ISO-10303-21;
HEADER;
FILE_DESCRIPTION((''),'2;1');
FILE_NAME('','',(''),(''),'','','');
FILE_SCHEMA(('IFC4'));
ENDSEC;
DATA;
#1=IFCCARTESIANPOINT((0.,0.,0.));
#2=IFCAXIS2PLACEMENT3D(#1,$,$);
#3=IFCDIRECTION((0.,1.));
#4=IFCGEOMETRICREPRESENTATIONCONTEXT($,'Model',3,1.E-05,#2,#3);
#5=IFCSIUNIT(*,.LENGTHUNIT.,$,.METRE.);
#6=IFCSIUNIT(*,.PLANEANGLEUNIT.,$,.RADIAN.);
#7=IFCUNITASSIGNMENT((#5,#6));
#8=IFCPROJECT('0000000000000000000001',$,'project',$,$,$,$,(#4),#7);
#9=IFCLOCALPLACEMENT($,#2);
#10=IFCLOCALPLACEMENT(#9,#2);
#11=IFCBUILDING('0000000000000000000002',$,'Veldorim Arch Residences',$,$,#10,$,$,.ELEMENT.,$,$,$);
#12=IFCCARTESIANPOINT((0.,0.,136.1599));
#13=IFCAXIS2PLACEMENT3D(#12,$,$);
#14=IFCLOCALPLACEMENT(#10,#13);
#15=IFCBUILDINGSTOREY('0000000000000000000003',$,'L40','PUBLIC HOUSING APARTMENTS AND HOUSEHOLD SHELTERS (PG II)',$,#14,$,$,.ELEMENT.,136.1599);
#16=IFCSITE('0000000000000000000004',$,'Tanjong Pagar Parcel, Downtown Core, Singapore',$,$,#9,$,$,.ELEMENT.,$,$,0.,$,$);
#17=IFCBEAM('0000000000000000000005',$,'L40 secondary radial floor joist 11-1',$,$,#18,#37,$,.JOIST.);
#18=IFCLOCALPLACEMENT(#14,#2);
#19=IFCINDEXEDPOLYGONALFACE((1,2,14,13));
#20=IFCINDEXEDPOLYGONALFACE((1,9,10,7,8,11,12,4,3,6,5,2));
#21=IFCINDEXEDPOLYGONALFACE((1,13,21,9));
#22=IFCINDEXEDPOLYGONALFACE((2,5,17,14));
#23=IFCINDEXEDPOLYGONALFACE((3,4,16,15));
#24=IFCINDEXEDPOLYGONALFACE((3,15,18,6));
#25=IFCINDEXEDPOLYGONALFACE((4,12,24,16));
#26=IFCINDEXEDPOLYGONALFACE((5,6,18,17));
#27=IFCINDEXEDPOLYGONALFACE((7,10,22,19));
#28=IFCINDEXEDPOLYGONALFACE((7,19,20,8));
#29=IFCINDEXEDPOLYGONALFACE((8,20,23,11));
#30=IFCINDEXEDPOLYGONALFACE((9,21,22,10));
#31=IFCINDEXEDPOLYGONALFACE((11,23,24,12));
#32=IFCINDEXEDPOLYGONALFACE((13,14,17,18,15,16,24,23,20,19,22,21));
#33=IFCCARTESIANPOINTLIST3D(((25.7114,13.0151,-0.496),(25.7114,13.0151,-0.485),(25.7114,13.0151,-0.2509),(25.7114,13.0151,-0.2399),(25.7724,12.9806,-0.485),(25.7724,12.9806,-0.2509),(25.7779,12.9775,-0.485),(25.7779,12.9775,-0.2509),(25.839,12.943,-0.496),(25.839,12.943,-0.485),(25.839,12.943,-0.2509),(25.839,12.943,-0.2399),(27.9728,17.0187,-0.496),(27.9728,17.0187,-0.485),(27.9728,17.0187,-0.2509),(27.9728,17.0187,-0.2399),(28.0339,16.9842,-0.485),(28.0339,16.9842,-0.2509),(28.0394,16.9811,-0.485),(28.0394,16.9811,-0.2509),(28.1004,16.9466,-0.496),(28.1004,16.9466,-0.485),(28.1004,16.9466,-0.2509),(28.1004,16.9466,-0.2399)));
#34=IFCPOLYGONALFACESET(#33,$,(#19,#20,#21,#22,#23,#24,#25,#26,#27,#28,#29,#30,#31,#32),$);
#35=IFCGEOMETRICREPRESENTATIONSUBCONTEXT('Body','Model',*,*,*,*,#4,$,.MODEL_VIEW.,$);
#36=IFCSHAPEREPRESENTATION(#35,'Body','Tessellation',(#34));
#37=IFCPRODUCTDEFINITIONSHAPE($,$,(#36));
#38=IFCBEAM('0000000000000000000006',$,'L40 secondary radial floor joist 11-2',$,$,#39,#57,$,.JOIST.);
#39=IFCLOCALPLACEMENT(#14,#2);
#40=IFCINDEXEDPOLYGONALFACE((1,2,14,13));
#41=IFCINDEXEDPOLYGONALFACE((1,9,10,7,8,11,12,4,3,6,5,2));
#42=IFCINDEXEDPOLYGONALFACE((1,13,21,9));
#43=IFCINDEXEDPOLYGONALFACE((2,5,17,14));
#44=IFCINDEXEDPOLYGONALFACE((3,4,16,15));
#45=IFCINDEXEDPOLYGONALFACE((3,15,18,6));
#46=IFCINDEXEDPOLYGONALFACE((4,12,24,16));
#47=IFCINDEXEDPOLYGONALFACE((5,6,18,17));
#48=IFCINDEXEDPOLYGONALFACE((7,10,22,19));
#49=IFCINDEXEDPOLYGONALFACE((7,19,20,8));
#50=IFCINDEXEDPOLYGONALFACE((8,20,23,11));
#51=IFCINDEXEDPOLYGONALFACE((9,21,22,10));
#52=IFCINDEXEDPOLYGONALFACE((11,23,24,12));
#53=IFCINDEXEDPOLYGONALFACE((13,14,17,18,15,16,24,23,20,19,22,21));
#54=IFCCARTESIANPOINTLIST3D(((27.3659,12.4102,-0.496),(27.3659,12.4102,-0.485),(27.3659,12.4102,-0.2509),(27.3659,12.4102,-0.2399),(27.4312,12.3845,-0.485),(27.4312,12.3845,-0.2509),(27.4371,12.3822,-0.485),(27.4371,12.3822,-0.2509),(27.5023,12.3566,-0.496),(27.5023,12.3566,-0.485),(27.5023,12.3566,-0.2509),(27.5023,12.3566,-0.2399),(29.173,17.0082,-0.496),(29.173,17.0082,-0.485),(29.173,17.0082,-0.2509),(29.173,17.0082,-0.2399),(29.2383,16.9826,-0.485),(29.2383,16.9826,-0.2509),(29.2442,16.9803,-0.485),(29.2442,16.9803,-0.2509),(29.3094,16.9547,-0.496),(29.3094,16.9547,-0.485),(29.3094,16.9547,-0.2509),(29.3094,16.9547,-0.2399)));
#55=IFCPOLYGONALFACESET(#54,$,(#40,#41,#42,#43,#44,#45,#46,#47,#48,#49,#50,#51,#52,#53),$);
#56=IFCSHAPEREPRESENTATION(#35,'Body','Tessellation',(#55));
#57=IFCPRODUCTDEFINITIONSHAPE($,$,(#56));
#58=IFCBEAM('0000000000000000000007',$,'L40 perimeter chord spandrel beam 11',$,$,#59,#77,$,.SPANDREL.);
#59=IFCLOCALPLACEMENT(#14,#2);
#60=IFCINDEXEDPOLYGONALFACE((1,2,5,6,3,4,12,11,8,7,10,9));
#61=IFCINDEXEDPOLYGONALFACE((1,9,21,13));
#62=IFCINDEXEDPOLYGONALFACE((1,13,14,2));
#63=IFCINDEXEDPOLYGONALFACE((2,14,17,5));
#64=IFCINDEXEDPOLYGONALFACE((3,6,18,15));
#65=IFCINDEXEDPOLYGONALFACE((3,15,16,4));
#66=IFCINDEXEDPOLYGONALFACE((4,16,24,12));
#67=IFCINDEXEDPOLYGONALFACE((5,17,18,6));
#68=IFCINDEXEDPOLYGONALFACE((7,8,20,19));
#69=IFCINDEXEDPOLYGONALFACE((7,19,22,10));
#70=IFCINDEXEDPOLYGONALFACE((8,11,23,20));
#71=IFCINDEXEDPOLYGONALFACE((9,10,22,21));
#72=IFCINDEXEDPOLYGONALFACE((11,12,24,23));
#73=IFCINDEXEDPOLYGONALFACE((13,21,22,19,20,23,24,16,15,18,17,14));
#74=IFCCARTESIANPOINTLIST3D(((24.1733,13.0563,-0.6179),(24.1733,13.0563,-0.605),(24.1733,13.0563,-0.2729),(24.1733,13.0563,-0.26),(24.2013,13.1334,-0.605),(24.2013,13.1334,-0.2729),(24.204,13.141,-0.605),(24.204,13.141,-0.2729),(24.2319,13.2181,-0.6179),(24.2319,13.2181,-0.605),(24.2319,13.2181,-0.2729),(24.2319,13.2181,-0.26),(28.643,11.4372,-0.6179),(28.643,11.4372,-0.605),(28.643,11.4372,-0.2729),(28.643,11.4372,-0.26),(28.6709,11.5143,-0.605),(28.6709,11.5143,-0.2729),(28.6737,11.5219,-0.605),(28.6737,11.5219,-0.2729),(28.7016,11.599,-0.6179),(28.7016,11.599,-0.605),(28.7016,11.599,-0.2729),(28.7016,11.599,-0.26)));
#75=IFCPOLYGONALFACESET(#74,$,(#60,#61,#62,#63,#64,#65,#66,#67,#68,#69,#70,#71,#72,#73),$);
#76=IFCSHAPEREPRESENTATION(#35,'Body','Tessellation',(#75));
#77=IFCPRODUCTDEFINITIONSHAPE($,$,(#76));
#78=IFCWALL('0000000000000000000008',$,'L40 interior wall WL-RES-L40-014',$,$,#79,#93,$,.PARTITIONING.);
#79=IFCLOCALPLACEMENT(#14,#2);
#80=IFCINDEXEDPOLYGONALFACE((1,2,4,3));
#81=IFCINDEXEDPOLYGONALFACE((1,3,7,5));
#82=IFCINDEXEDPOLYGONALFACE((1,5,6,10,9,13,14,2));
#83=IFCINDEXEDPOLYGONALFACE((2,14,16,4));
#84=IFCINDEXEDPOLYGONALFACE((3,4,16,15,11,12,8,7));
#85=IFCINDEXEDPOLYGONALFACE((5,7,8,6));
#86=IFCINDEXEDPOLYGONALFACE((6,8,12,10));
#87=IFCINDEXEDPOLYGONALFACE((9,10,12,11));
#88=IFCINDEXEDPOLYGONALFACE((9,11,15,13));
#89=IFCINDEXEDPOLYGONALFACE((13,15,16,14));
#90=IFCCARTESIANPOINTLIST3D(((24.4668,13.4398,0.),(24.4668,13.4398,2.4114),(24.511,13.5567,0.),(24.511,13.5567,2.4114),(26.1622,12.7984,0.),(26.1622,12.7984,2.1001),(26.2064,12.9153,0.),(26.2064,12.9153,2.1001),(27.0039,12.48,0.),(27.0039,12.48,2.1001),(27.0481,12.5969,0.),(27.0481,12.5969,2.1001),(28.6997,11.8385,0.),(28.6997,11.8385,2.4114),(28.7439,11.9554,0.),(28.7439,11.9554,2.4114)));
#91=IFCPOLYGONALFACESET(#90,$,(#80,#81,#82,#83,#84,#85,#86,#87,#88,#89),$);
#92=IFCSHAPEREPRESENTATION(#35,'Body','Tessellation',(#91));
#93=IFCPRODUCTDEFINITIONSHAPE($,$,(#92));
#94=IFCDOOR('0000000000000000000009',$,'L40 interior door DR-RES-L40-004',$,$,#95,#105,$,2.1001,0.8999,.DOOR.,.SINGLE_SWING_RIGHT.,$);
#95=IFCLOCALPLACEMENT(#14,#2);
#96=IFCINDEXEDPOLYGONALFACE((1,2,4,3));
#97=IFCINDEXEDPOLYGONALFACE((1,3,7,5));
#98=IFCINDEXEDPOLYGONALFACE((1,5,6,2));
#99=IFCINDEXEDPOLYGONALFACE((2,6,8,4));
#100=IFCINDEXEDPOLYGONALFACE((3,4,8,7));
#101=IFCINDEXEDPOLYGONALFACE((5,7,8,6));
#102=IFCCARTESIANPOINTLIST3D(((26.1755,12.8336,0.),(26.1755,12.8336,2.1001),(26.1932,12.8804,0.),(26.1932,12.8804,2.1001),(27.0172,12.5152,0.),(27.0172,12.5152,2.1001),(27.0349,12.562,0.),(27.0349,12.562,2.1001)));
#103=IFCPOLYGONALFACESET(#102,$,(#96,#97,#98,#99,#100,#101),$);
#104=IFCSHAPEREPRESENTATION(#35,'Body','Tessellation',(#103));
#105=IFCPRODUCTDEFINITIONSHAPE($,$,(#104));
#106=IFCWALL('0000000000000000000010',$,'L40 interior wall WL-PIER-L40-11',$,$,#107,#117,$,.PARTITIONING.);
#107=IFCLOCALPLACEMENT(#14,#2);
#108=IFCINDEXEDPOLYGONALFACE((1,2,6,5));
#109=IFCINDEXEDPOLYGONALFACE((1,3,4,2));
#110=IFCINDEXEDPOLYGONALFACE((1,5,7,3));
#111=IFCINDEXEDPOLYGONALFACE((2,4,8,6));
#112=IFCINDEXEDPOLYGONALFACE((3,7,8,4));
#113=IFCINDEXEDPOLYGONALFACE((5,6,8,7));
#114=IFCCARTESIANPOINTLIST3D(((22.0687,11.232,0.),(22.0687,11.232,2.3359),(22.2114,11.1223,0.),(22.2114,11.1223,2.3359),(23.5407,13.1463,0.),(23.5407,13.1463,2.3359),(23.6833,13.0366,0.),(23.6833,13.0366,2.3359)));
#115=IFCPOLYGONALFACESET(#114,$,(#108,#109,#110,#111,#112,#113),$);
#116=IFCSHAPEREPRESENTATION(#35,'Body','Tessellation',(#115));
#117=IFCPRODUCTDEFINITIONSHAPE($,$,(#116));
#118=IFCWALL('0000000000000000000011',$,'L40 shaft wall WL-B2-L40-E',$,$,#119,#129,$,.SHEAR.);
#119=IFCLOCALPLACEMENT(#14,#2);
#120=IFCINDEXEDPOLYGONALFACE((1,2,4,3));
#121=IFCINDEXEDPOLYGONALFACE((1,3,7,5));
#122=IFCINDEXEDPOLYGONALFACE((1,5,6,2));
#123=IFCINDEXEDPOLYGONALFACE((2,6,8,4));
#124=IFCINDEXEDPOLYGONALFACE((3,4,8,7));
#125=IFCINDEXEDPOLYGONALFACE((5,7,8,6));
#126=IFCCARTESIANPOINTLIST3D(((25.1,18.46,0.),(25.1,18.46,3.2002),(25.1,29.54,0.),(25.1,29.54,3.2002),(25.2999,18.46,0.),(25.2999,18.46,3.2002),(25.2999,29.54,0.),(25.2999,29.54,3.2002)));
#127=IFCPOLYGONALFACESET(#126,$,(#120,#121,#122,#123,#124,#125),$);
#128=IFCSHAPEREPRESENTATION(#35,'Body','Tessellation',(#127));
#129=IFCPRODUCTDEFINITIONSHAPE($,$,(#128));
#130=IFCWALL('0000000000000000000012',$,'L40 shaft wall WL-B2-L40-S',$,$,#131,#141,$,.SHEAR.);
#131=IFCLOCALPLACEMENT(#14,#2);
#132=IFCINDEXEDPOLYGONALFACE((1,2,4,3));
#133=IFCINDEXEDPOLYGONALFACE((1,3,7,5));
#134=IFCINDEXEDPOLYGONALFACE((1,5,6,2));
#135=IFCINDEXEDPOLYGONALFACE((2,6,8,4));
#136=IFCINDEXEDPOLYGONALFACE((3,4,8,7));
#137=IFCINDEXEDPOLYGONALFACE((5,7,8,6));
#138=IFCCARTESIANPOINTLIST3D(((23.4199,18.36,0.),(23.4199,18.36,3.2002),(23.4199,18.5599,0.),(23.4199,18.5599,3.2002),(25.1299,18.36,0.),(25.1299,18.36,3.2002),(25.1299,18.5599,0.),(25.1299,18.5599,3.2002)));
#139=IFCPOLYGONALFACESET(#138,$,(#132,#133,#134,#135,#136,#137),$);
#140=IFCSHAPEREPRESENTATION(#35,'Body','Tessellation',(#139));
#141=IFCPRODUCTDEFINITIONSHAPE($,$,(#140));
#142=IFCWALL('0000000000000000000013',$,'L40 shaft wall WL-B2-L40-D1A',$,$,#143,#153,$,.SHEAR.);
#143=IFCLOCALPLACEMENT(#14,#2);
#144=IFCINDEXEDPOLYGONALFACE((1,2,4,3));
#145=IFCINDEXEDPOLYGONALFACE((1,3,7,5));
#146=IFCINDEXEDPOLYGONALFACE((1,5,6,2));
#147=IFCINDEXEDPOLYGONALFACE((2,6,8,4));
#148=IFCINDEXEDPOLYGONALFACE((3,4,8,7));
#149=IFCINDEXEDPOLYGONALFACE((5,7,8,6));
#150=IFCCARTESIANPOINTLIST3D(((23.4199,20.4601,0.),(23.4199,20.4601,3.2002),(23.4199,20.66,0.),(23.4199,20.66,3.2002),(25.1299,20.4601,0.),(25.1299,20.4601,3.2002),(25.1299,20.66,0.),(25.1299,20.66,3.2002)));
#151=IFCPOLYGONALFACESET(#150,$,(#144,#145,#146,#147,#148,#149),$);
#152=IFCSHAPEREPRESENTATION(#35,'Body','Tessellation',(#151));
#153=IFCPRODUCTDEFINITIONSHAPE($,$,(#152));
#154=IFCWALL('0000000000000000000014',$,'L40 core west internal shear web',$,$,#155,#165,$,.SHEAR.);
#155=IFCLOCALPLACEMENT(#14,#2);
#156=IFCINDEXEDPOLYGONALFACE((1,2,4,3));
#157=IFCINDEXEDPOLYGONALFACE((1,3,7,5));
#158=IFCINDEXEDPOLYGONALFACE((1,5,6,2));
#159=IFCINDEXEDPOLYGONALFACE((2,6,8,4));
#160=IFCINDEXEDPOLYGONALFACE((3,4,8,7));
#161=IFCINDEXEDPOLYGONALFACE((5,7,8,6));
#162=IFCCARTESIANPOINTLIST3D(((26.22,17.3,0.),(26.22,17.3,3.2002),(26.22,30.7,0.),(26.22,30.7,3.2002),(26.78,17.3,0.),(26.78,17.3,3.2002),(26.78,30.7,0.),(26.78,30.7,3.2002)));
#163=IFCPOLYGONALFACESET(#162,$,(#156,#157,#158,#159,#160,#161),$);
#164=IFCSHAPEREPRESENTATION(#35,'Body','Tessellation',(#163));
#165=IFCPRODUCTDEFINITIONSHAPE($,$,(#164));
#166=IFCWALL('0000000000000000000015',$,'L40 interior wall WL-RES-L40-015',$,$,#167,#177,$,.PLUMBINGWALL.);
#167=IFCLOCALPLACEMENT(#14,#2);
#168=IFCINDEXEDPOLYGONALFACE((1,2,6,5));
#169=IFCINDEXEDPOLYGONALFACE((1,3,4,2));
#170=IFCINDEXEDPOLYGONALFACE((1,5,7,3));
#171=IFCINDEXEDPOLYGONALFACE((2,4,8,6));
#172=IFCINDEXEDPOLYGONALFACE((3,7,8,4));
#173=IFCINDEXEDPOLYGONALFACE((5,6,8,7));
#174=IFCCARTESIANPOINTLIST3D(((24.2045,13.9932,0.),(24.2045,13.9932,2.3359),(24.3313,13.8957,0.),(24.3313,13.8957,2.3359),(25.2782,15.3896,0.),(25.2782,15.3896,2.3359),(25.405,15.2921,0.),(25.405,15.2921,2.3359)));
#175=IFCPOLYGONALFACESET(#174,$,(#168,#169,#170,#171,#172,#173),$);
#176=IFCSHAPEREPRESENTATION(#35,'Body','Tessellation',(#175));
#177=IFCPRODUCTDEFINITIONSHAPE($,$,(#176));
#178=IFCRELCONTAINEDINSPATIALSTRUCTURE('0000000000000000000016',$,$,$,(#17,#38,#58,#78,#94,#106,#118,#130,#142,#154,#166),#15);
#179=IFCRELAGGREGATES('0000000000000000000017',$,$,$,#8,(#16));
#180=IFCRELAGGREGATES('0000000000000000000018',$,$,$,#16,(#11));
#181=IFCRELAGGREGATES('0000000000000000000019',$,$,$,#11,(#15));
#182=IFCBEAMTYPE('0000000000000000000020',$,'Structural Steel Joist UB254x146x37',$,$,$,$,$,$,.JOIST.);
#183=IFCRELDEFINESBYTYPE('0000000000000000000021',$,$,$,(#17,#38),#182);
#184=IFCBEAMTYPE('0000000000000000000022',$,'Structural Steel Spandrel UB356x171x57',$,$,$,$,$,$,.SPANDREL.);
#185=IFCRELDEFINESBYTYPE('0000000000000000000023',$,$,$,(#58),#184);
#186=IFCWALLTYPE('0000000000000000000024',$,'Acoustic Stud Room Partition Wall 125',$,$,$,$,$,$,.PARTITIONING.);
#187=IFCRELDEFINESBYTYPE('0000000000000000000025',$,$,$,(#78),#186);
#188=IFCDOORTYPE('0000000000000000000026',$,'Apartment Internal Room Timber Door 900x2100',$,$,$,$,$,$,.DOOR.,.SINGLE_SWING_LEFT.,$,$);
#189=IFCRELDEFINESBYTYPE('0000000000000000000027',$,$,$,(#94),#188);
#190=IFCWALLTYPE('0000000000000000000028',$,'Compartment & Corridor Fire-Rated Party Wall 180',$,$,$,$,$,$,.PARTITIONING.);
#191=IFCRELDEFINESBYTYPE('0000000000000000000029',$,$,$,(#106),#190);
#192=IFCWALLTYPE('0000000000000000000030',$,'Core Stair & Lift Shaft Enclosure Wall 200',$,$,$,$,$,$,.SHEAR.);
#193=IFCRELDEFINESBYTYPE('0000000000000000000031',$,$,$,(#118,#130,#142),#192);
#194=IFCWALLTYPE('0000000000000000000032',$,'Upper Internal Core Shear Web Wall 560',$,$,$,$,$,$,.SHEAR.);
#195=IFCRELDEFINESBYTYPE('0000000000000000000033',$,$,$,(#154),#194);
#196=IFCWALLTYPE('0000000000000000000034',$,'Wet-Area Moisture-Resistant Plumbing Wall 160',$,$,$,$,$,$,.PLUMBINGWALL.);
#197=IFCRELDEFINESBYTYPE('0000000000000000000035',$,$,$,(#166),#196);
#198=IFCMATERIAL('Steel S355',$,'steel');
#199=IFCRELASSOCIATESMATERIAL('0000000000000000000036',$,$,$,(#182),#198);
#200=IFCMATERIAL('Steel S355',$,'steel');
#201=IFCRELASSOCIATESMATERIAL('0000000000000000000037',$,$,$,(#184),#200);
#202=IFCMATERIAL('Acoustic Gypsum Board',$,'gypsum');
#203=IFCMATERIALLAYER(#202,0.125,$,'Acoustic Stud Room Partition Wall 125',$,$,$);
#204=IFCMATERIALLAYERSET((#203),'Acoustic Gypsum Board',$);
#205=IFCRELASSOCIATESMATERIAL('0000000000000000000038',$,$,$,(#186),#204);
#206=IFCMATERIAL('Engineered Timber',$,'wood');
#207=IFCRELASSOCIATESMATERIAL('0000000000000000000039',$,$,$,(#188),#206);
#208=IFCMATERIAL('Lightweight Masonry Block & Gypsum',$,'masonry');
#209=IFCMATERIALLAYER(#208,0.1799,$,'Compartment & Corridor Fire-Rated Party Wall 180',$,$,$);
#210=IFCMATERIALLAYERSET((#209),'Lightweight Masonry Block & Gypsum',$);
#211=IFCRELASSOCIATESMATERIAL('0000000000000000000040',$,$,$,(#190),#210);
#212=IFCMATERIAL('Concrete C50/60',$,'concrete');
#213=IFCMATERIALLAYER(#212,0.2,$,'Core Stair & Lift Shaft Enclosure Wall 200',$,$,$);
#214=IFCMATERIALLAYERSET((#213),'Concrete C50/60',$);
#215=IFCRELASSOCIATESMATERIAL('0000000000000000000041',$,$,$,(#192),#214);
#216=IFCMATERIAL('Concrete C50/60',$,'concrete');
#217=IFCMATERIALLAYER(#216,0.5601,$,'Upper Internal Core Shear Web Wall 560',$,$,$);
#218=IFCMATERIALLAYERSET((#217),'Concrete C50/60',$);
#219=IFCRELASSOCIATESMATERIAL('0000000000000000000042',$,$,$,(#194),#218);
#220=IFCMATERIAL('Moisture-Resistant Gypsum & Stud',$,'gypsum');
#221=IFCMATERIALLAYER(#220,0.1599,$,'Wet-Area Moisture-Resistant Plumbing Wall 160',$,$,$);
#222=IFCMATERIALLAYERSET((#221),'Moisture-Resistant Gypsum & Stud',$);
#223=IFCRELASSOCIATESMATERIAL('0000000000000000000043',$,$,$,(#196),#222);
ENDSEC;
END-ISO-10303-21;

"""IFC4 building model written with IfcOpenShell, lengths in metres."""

from ifc_helpers import new_model, si_unit, direction, frame, frame_2d, origin, origin_2d, place, context, subcontext, project, spatial, rectangle, i_section, extrude, material, layer, layer_set, material_profile, profile_set, type_object, element, fill, save


model = new_model("IFC4")

# Units and contexts
model_context = context("Model", 3, precision=1e-05, world=origin(), true_north=direction((0.0, 1.0)))
body_context = subcontext(model_context, "Body", "Model", "MODEL_VIEW")
ifc_project = project(units=[si_unit("LENGTHUNIT", "METRE"), si_unit("PLANEANGLEUNIT", "RADIAN")], contexts=[model_context])

# Site, building, storey
site_placement = place(None, origin())
site = spatial("IfcSite", under=ifc_project, at=site_placement, Name="Tanjong Pagar Parcel, Downtown Core, Singapore", CompositionType="ELEMENT", RefElevation=0.0)
building_placement = place(site_placement, origin())
building = spatial("IfcBuilding", under=site, at=building_placement, Name="Veldorim Arch Residences", CompositionType="ELEMENT")
storey_placement = place(building_placement, frame((0.0, 0.0, 136.1599)))
storey = spatial("IfcBuildingStorey", under=building, at=storey_placement, Name="L40", Description="PUBLIC HOUSING APARTMENTS AND HOUSEHOLD SHELTERS (PG II)", CompositionType="ELEMENT", Elevation=136.1599)

# Beams
ifc_material_1 = material(Name="Steel S355", Category="steel")
ifc_material_profile_1 = material_profile(ifc_material_1, i_section(OverallWidth=0.1465, OverallDepth=0.2561, WebThickness=0.0063, FlangeThickness=0.011, at=origin_2d()), Name="UB254x146x37")
ifc_profile_set_1 = profile_set([ifc_material_profile_1], Name="Steel S355")
beam_type_1 = type_object("IfcBeamType", Name="Structural Steel Joist UB254x146x37", PredefinedType="JOIST", material=ifc_profile_set_1)
beam_1_placement = place(storey_placement, frame((28.0366, 16.9827, -0.3679), z_axis=(-0.491816, -0.870699, 0.0), x_axis=(0.870699, -0.491816, 0.0)))
element("IfcBeam", 1, at=beam_1_placement, inside=storey, type_object=beam_type_1, Name="L40 secondary radial floor joist 11-1", PredefinedType="JOIST", context=body_context, shape_type="SweptSolid", body=[
    extrude(i_section(OverallWidth=0.1465, OverallDepth=0.2561, WebThickness=0.0063, FlangeThickness=0.011, at=origin_2d()), origin(), (0.0, 0.0, 1.0), 4.5981),
])
beam_2_placement = place(storey_placement, frame((29.2412, 16.9814, -0.3679), z_axis=(-0.365778, -0.930702, 0.0), x_axis=(0.930702, -0.365778, 0.0)))
element("IfcBeam", 2, at=beam_2_placement, inside=storey, type_object=beam_type_1, Name="L40 secondary radial floor joist 11-2", PredefinedType="JOIST", context=body_context, shape_type="SweptSolid", body=[
    extrude(i_section(OverallWidth=0.1465, OverallDepth=0.2561, WebThickness=0.0063, FlangeThickness=0.011, at=origin_2d()), origin(), (0.0, 0.0, 1.0), 4.9404),
])
ifc_material_2 = material(Name="Steel S355", Category="steel")
ifc_material_profile_2 = material_profile(ifc_material_2, i_section(OverallWidth=0.1721, OverallDepth=0.3579, WebThickness=0.0081, FlangeThickness=0.0129, at=origin_2d()), Name="UB356x171x57")
ifc_profile_set_2 = profile_set([ifc_material_profile_2], Name="Steel S355")
beam_type_2 = type_object("IfcBeamType", Name="Structural Steel Spandrel UB356x171x57", PredefinedType="SPANDREL", material=ifc_profile_set_2)
beam_3_placement = place(storey_placement, frame((24.2026, 13.1372, -0.439), z_axis=(0.940213, -0.340588, 0.0), x_axis=(0.340588, 0.940213, 0.0)))
element("IfcBeam", 3, at=beam_3_placement, inside=storey, type_object=beam_type_2, Name="L40 perimeter chord spandrel beam 11", PredefinedType="SPANDREL", context=body_context, shape_type="SweptSolid", body=[
    extrude(i_section(OverallWidth=0.1721, OverallDepth=0.3579, WebThickness=0.0081, FlangeThickness=0.0129, at=origin_2d()), origin(), (0.0, 0.0, 1.0), 4.7539),
])

# Wall, opening, door
ifc_material_3 = material(Name="Acoustic Gypsum Board", Category="gypsum")
ifc_layer_1 = layer(ifc_material_3, 0.125, Name="Acoustic Stud Room Partition Wall 125")
ifc_layer_set_1 = layer_set([ifc_layer_1], Name="Acoustic Gypsum Board")
wall_type_1 = type_object("IfcWallType", Name="Acoustic Stud Room Partition Wall 125", PredefinedType="PARTITIONING", material=ifc_layer_set_1)
wall_1_placement = place(storey_placement, frame((28.7217, 11.897, 0.0), z_axis=(0.0, 0.0, 1.0), x_axis=(-0.93531, 0.35383, 0.0)))
wall_1 = element("IfcWall", 4, at=wall_1_placement, inside=storey, type_object=wall_type_1, Name="L40 interior wall WL-RES-L40-014", PredefinedType="PARTITIONING", context=body_context, shape_type="SweptSolid", body=[
    extrude(rectangle(XDim=4.5256, YDim=0.125, at=frame_2d((2.2627, 0.0))), origin(), (0.0, 0.0, 1.0), 2.4114),
])
opening_1_placement = place(wall_1_placement, frame((1.813, 0.0, 0.0)))
opening_1 = element("IfcOpeningElement", 5, at=opening_1_placement, cuts=wall_1, PredefinedType="OPENING", context=body_context, shape_type="SweptSolid", body=[
    extrude(rectangle(XDim=0.8999, YDim=2.1001, at=frame_2d((0.45, 1.05))), frame((0.0, 0.0725, 0.0), z_axis=(0.0, -1.0, 0.0), x_axis=(1.0, 0.0, 0.0)), (0.0, 0.0, 1.0), 0.145),
])
ifc_material_4 = material(Name="Engineered Timber", Category="wood")
door_type_1 = type_object("IfcDoorType", Name="Apartment Internal Room Timber Door 900x2100", OperationType="SINGLE_SWING_LEFT", PredefinedType="DOOR", material=ifc_material_4)
door_1_placement = place(opening_1_placement, origin())
door_1 = element("IfcDoor", 6, at=door_1_placement, inside=storey, type_object=door_type_1, Name="L40 interior door DR-RES-L40-004", OperationType="SINGLE_SWING_RIGHT", OverallHeight=2.1001, OverallWidth=0.8999, PredefinedType="DOOR", context=body_context, shape_type="SweptSolid", body=[
    extrude(rectangle(XDim=0.8999, YDim=2.1001, at=frame_2d((0.45, 1.05))), frame((0.0, 0.0249, 0.0), z_axis=(0.0, -1.0, 0.0), x_axis=(1.0, 0.0, 0.0)), (0.0, 0.0, 1.0), 0.05),
])
fill(opening_1, door_1)

# Walls
ifc_material_5 = material(Name="Lightweight Masonry Block & Gypsum", Category="masonry")
ifc_layer_2 = layer(ifc_material_5, 0.1799, Name="Compartment & Corridor Fire-Rated Party Wall 180")
ifc_layer_set_2 = layer_set([ifc_layer_2], Name="Lightweight Masonry Block & Gypsum")
wall_type_2 = type_object("IfcWallType", Name="Compartment & Corridor Fire-Rated Party Wall 180", PredefinedType="PARTITIONING", material=ifc_layer_set_2)
wall_2_placement = place(storey_placement, frame((23.6121, 13.0916, 0.0), z_axis=(0.0, 0.0, 1.0), x_axis=(-0.60955, -0.792748, 0.0)))
element("IfcWall", 7, at=wall_2_placement, inside=storey, type_object=wall_type_2, Name="L40 interior wall WL-PIER-L40-11", PredefinedType="PARTITIONING", context=body_context, shape_type="SweptSolid", body=[
    extrude(rectangle(XDim=2.4148, YDim=0.1799, at=frame_2d((1.2075, 0.0))), origin(), (0.0, 0.0, 1.0), 2.3359),
])
ifc_material_6 = material(Name="Concrete C50/60", Category="concrete")
ifc_layer_3 = layer(ifc_material_6, 0.2, Name="Core Stair & Lift Shaft Enclosure Wall 200")
ifc_layer_set_3 = layer_set([ifc_layer_3], Name="Concrete C50/60")
wall_type_3 = type_object("IfcWallType", Name="Core Stair & Lift Shaft Enclosure Wall 200", PredefinedType="SHEAR", material=ifc_layer_set_3)
wall_3_placement = place(storey_placement, frame((25.2, 18.46, 0.0), z_axis=(0.0, 0.0, 1.0), x_axis=(0.0, 1.0, 0.0)))
element("IfcWall", 8, at=wall_3_placement, inside=storey, type_object=wall_type_3, Name="L40 shaft wall WL-B2-L40-E", PredefinedType="SHEAR", context=body_context, shape_type="SweptSolid", body=[
    extrude(rectangle(XDim=11.0801, YDim=0.2, at=frame_2d((5.54, 0.0))), origin(), (0.0, 0.0, 1.0), 3.2002),
])
for number, where, z_axis, x_axis, name in (
    (9, (23.4199, 18.46, 0.0), (0.0, 0.0, 1.0), (1.0, 0.0, 0.0), "L40 shaft wall WL-B2-L40-S"),
    (10, (23.4199, 20.5601, 0.0), (0.0, 0.0, 1.0), (1.0, 0.0, 0.0), "L40 shaft wall WL-B2-L40-D1A"),
):
    element("IfcWall", number, at=place(storey_placement, frame(where, z_axis=z_axis, x_axis=x_axis)), inside=storey, type_object=wall_type_3, Name=name, PredefinedType="SHEAR", context=body_context, shape_type="SweptSolid", body=[
        extrude(rectangle(XDim=1.71, YDim=0.2, at=frame_2d((0.855, 0.0))), origin(), (0.0, 0.0, 1.0), 3.2002),
    ])

# Walls
ifc_material_7 = material(Name="Concrete C50/60", Category="concrete")
ifc_layer_4 = layer(ifc_material_7, 0.5601, Name="Upper Internal Core Shear Web Wall 560")
ifc_layer_set_4 = layer_set([ifc_layer_4], Name="Concrete C50/60")
wall_type_4 = type_object("IfcWallType", Name="Upper Internal Core Shear Web Wall 560", PredefinedType="SHEAR", material=ifc_layer_set_4)
wall_4_placement = place(storey_placement, frame((26.5, 17.3, 0.0), z_axis=(0.0, 0.0, 1.0), x_axis=(0.0, 1.0, 0.0)))
element("IfcWall", 11, at=wall_4_placement, inside=storey, type_object=wall_type_4, Name="L40 core west internal shear web", PredefinedType="SHEAR", context=body_context, shape_type="SweptSolid", body=[
    extrude(rectangle(XDim=13.3999, YDim=0.5601, at=frame_2d((6.7, 0.0))), origin(), (0.0, 0.0, 1.0), 3.2002),
])
ifc_material_8 = material(Name="Moisture-Resistant Gypsum & Stud", Category="gypsum")
ifc_layer_5 = layer(ifc_material_8, 0.1599, Name="Wet-Area Moisture-Resistant Plumbing Wall 160")
ifc_layer_set_5 = layer_set([ifc_layer_5], Name="Moisture-Resistant Gypsum & Stud")
wall_type_5 = type_object("IfcWallType", Name="Wet-Area Moisture-Resistant Plumbing Wall 160", PredefinedType="PLUMBINGWALL", material=ifc_layer_set_5)
wall_5_placement = place(storey_placement, frame((24.2678, 13.9443, 0.0), z_axis=(0.0, 0.0, 1.0), x_axis=(0.609537, 0.792758, 0.0)))
element("IfcWall", 12, at=wall_5_placement, inside=storey, type_object=wall_type_5, Name="L40 interior wall WL-RES-L40-015", PredefinedType="PLUMBINGWALL", context=body_context, shape_type="SweptSolid", body=[
    extrude(rectangle(XDim=1.7615, YDim=0.1599, at=frame_2d((0.8809, 0.0))), origin(), (0.0, 0.0, 1.0), 2.3359),
])

save(model, "model.ifc")
